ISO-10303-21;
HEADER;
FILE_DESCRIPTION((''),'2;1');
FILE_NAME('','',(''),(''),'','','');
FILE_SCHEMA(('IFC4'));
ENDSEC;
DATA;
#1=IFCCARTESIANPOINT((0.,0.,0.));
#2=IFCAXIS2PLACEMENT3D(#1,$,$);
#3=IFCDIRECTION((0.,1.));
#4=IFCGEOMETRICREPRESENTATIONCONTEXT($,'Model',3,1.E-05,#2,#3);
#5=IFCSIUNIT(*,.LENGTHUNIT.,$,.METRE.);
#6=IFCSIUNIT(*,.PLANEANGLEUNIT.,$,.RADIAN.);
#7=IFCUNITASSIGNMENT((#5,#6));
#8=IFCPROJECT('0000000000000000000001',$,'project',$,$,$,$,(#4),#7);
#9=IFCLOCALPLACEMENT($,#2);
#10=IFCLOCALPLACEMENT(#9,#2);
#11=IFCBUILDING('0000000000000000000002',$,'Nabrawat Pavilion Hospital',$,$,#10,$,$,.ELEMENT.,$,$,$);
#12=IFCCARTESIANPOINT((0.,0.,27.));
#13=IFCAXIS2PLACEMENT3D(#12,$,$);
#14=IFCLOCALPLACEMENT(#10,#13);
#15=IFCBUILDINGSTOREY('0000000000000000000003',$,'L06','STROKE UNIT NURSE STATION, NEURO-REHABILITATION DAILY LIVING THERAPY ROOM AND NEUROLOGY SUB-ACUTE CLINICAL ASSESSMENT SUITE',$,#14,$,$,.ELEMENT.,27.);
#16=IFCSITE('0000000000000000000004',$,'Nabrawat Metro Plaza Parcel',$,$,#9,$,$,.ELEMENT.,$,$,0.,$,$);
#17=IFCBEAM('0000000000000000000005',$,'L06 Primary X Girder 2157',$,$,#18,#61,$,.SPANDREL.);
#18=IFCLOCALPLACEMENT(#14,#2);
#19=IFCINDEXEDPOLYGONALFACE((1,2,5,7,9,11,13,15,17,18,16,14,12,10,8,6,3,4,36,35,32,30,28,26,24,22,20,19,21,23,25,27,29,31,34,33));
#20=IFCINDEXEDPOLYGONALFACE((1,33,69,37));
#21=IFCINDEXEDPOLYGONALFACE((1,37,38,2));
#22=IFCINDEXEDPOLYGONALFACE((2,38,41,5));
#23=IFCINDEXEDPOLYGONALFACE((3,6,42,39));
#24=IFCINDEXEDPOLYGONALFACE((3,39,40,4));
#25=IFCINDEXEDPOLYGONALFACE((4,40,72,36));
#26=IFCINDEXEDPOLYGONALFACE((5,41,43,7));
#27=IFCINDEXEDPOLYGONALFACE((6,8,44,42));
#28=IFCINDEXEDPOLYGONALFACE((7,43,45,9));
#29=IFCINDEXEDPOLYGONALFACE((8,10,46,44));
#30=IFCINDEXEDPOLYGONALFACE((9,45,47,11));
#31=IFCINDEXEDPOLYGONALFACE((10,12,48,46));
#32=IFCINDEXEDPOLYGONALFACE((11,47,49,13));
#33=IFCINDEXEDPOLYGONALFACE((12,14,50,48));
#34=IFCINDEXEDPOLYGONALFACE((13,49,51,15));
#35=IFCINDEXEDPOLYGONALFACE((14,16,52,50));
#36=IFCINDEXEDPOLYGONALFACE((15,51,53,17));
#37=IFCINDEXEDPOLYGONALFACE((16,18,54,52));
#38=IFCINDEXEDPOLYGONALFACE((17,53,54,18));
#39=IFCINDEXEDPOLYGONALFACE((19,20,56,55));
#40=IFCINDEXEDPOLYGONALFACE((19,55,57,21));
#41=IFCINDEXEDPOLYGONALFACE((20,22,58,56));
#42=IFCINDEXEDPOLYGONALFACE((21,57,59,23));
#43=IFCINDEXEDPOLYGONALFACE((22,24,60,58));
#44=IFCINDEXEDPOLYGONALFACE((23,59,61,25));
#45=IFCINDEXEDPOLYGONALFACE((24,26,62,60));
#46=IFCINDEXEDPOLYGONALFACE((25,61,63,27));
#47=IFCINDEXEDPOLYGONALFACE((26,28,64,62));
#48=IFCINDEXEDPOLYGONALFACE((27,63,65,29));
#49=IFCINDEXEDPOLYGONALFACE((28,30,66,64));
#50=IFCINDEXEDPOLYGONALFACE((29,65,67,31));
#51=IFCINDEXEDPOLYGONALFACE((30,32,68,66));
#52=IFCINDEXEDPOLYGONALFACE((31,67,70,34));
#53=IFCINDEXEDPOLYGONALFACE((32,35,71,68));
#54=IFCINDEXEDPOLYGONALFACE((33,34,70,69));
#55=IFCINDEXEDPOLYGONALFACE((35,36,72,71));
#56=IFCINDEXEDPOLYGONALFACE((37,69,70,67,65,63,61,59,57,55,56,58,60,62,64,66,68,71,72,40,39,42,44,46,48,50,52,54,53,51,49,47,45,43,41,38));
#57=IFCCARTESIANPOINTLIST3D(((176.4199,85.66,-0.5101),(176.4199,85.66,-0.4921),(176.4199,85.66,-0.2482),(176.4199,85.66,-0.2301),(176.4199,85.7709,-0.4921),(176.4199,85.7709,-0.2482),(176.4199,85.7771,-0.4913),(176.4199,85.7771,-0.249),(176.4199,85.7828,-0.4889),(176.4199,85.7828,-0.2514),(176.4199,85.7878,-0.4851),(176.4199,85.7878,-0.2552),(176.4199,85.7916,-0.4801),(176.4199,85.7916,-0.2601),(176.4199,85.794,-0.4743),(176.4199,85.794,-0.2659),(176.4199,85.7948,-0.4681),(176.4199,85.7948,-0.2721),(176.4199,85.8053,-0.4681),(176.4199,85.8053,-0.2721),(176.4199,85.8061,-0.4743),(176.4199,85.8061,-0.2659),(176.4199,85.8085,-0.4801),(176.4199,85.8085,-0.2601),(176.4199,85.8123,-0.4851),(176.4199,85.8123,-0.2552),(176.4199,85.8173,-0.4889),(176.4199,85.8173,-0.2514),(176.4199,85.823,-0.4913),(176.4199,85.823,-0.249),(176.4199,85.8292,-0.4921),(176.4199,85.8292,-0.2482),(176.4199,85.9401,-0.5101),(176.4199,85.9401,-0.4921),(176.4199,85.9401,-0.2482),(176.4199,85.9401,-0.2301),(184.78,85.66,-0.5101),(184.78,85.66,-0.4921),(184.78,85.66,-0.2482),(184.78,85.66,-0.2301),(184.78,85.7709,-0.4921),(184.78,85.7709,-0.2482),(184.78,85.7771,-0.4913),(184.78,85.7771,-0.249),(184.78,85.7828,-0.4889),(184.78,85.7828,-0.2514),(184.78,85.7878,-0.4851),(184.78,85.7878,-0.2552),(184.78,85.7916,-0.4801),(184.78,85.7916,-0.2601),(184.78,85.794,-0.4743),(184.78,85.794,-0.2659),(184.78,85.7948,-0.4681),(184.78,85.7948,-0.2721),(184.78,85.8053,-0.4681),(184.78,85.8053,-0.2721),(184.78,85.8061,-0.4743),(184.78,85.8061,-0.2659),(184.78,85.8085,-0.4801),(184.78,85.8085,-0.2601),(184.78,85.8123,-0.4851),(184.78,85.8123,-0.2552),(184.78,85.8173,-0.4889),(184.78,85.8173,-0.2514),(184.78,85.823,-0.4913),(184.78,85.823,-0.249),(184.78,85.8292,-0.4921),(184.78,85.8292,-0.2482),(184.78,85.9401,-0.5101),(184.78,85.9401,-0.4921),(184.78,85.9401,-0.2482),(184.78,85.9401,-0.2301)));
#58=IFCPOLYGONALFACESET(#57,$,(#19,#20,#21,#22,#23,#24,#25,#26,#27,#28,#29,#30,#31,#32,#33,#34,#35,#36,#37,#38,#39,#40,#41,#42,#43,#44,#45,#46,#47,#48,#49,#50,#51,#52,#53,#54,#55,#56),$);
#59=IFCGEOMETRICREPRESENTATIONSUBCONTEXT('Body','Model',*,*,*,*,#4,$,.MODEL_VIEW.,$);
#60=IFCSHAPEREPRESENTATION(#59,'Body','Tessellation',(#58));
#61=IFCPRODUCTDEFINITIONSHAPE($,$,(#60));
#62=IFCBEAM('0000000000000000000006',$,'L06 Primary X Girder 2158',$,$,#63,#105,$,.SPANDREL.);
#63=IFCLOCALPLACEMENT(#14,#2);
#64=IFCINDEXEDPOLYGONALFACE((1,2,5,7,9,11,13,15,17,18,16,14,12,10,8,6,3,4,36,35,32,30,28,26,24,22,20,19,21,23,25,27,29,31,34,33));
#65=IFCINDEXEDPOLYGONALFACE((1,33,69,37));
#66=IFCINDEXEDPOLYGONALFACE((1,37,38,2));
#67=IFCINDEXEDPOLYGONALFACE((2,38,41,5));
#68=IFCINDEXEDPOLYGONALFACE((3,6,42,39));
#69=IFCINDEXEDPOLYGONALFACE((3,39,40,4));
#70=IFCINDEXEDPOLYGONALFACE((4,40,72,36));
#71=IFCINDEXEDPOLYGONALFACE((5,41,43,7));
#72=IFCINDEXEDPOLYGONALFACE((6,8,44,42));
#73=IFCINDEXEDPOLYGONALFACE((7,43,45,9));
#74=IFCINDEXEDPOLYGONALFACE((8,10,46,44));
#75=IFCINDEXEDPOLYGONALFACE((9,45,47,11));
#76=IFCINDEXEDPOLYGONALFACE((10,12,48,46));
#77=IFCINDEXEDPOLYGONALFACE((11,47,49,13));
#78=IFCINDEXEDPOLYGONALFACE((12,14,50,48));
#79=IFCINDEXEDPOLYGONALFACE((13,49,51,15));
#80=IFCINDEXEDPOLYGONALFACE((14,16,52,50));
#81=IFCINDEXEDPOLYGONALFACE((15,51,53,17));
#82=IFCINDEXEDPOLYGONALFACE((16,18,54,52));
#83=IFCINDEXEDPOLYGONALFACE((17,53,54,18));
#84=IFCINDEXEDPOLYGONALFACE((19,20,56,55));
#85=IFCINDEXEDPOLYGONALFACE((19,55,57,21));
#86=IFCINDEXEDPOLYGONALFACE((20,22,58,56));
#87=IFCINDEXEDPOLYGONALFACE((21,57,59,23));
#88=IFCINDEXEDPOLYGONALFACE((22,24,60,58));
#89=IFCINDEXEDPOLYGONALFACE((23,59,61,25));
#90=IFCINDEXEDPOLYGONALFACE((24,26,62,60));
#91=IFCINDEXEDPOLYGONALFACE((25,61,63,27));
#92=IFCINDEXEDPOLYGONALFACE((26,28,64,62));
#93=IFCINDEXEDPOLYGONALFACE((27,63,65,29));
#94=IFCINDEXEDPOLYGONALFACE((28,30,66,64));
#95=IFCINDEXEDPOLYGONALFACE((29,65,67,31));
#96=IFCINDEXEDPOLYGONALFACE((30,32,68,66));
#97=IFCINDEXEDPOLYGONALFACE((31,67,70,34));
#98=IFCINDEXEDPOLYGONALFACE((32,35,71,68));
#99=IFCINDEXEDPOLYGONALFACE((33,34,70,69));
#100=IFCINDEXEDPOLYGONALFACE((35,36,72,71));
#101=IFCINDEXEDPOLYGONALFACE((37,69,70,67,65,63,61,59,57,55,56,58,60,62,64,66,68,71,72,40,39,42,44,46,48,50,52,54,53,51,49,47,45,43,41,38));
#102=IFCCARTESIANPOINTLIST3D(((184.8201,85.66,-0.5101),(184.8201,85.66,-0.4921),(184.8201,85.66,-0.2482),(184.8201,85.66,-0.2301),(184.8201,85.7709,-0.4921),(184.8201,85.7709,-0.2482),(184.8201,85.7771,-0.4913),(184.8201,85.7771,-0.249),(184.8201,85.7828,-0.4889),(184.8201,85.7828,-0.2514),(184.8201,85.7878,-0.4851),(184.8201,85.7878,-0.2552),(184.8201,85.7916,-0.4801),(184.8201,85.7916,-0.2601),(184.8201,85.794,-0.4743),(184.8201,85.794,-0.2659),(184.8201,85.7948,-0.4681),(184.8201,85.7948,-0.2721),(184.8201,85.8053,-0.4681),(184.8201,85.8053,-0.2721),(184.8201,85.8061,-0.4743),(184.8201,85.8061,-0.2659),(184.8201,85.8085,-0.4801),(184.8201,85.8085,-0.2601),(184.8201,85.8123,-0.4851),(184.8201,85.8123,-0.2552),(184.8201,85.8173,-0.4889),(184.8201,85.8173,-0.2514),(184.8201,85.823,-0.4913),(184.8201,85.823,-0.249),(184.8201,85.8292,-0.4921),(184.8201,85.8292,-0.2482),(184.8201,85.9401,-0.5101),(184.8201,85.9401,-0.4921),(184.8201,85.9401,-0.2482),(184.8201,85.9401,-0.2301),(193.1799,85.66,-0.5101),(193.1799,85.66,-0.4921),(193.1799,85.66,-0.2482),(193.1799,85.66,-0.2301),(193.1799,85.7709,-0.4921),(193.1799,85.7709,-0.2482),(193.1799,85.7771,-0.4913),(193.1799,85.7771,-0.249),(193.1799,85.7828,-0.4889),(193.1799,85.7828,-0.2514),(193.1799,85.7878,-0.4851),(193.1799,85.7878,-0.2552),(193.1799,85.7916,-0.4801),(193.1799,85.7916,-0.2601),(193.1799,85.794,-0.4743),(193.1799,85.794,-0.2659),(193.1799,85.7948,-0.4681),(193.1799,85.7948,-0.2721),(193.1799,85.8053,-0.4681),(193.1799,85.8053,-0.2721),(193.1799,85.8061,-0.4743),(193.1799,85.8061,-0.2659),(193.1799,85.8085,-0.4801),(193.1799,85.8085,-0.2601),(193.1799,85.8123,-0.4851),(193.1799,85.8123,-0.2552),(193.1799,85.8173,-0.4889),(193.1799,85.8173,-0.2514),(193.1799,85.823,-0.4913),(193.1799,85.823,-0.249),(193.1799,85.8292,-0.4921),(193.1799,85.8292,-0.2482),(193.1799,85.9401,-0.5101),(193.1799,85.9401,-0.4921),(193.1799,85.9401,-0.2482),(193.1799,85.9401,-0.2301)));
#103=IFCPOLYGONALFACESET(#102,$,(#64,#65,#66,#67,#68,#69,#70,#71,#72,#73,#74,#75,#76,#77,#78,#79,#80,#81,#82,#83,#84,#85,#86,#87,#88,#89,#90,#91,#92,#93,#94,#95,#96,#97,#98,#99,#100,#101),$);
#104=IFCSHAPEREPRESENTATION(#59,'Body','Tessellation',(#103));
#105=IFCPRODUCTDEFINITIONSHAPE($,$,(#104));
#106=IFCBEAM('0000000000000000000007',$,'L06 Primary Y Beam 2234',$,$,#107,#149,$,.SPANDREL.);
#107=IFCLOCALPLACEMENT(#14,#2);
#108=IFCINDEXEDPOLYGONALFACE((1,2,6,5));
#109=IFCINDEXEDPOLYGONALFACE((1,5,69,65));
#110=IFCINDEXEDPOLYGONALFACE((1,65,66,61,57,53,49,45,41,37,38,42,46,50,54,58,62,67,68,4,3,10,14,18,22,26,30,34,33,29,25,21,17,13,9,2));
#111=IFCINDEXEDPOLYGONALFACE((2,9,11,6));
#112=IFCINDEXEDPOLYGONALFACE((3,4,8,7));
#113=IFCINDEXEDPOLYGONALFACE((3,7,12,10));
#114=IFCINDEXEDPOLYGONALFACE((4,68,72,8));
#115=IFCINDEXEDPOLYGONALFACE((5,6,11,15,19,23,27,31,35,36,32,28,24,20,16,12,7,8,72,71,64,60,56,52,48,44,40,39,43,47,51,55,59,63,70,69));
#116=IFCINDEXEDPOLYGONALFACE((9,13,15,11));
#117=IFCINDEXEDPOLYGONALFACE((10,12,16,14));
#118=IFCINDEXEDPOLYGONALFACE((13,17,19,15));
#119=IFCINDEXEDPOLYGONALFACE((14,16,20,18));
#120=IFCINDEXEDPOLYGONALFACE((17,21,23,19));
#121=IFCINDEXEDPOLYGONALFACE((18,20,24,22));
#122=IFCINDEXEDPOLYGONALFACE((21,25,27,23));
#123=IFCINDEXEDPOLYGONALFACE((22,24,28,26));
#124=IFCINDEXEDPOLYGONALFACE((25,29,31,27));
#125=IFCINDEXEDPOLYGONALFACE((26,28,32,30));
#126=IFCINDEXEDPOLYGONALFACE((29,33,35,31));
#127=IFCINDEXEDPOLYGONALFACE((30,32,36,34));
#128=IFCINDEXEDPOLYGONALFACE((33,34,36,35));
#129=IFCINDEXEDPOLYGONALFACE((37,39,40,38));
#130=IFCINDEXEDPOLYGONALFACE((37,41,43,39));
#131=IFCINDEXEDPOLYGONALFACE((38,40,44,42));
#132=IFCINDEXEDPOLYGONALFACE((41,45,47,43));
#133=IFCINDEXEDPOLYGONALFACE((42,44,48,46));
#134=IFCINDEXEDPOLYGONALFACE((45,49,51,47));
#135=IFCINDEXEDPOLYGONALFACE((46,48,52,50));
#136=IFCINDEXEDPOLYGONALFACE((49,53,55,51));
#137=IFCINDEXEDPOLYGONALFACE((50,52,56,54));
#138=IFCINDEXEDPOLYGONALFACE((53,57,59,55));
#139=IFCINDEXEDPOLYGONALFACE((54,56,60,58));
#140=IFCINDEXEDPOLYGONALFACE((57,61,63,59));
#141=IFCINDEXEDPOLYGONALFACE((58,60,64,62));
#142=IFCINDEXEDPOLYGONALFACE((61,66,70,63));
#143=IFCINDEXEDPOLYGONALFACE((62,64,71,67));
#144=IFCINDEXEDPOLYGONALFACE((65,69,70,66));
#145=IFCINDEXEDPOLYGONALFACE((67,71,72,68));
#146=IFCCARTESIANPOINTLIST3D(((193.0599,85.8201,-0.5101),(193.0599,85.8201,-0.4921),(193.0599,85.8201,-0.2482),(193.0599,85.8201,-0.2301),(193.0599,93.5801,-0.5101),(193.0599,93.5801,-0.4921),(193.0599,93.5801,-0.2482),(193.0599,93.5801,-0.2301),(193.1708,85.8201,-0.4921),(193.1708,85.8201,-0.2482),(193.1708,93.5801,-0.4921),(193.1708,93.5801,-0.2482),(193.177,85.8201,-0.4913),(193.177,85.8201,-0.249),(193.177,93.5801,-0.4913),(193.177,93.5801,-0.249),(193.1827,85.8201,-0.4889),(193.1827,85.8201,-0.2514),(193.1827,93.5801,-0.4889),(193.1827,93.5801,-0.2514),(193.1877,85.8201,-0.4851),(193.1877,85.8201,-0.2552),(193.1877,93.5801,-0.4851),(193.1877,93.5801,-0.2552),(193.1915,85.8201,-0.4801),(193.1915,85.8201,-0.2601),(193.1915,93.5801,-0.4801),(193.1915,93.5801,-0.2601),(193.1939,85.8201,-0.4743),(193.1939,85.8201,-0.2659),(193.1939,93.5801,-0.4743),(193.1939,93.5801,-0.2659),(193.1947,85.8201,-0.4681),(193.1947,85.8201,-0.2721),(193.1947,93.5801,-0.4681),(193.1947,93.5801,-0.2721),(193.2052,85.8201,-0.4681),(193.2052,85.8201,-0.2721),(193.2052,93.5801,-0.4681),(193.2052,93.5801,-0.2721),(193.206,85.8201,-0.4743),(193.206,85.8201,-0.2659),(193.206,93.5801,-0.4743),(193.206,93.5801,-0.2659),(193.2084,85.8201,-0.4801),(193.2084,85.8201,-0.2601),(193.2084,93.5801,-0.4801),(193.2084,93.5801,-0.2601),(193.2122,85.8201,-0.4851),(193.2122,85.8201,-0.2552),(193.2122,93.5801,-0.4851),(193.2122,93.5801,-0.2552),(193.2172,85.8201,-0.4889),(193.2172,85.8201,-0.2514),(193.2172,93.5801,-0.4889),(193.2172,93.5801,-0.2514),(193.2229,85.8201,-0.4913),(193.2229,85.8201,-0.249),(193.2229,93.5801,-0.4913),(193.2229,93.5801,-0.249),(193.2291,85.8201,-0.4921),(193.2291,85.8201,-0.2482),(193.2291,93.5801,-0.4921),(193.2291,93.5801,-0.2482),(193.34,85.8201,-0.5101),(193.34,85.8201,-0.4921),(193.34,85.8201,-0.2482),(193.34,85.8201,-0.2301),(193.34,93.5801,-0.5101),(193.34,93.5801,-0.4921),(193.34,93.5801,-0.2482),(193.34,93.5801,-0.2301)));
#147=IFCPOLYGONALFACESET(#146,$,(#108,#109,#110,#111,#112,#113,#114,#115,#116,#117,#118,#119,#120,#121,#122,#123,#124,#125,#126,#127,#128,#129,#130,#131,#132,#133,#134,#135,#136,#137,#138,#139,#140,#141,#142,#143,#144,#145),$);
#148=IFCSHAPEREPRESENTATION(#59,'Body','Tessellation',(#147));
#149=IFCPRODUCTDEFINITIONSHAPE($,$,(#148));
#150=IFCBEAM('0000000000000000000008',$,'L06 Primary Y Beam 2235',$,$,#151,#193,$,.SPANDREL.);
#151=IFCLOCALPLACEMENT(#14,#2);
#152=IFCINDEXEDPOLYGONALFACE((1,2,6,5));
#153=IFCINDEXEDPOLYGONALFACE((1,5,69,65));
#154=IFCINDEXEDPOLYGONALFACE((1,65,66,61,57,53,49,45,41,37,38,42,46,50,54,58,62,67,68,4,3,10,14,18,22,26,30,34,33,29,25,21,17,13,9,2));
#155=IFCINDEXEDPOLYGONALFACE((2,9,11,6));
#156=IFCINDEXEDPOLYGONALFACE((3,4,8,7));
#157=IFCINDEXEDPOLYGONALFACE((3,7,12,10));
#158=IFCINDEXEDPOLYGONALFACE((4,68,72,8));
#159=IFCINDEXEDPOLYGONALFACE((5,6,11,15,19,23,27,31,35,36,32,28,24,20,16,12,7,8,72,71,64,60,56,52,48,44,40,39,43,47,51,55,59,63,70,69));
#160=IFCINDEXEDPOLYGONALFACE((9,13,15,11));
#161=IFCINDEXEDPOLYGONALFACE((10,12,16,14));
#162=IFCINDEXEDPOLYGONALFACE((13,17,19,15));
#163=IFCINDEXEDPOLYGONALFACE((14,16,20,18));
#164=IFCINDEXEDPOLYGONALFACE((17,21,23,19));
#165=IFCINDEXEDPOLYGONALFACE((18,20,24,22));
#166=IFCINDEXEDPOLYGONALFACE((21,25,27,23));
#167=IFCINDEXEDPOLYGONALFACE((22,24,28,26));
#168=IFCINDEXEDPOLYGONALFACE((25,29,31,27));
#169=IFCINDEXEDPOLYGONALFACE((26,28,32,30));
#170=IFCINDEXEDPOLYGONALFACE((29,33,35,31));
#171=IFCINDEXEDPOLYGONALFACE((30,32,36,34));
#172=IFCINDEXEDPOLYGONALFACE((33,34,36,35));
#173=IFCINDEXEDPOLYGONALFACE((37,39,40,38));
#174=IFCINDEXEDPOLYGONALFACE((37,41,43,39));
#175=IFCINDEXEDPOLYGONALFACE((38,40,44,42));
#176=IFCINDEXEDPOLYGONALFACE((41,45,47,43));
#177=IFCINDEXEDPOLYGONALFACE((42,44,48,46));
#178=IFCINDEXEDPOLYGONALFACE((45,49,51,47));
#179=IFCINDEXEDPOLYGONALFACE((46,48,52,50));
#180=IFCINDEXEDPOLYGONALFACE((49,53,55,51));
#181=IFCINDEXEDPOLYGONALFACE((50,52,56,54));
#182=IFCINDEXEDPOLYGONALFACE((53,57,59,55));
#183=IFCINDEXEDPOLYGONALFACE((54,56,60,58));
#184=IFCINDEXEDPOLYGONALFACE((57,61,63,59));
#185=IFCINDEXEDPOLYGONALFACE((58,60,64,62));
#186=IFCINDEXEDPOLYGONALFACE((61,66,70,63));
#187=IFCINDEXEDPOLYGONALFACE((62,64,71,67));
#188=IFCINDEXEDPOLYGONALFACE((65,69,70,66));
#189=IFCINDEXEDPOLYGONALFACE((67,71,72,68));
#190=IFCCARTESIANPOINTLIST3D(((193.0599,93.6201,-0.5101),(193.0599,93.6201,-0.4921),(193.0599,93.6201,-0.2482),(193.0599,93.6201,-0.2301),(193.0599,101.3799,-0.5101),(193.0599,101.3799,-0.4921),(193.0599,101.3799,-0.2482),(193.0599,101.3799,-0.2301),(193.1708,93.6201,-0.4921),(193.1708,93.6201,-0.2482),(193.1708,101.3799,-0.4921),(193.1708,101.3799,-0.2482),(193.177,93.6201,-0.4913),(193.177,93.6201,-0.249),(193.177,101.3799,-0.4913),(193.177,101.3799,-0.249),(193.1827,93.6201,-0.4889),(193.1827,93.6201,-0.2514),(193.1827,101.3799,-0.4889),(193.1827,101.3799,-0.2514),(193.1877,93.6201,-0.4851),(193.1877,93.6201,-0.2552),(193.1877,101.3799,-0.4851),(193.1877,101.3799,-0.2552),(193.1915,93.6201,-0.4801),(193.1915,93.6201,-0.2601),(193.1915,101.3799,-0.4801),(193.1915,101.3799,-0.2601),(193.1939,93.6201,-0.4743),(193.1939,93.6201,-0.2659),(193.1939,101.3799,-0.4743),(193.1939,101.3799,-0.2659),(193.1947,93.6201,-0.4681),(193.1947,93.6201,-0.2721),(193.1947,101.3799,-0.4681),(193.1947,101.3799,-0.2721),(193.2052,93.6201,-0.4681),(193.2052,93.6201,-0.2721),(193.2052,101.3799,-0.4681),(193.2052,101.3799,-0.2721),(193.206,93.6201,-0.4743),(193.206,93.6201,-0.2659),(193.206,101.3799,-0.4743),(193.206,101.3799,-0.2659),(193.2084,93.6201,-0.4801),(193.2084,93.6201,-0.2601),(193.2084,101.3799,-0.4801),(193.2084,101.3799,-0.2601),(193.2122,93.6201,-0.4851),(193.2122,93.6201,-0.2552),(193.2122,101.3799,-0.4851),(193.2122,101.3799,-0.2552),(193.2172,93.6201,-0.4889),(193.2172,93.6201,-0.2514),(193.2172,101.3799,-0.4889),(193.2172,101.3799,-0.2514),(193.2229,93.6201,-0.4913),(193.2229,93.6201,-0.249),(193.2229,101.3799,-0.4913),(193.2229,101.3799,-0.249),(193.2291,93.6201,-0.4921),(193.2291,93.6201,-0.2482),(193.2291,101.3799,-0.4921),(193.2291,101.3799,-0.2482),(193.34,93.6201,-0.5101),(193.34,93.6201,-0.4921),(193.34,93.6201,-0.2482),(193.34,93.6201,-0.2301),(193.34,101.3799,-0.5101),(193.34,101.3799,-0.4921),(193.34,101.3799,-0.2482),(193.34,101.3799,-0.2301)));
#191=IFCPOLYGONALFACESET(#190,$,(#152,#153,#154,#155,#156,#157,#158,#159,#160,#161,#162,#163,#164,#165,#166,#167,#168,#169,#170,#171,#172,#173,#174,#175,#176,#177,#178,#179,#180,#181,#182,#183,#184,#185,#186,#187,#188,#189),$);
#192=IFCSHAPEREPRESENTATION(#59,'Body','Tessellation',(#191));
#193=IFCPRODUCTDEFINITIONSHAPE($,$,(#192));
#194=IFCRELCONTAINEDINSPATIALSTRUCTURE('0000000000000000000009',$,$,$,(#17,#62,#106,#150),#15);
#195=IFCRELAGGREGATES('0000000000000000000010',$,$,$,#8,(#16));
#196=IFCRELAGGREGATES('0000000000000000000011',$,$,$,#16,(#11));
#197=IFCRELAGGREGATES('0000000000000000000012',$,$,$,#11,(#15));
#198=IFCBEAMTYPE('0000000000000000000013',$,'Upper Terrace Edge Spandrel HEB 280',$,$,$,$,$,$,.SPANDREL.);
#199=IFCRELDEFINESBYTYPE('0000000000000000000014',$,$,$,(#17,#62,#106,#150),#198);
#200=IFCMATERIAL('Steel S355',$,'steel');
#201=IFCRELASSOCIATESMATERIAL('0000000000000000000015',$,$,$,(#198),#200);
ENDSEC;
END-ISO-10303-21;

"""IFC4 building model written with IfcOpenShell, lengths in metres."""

from ifc_helpers import new_model, si_unit, direction, frame, origin, origin_2d, place, context, subcontext, project, spatial, i_section, extrude, material, material_profile, profile_set, type_object, element, save


model = new_model("IFC4")

# Units and contexts
model_context = context("Model", 3, precision=1e-05, world=origin(), true_north=direction((0.0, 1.0)))
body_context = subcontext(model_context, "Body", "Model", "MODEL_VIEW")
ifc_project = project(units=[si_unit("LENGTHUNIT", "METRE"), si_unit("PLANEANGLEUNIT", "RADIAN")], contexts=[model_context])

# Site, building, storey
site_placement = place(None, origin())
site = spatial("IfcSite", under=ifc_project, at=site_placement, Name="Nabrawat Metro Plaza Parcel", CompositionType="ELEMENT", RefElevation=0.0)
building_placement = place(site_placement, origin())
building = spatial("IfcBuilding", under=site, at=building_placement, Name="Nabrawat Pavilion Hospital", CompositionType="ELEMENT")
storey_placement = place(building_placement, frame((0.0, 0.0, 27.0)))
storey = spatial("IfcBuildingStorey", under=building, at=storey_placement, Name="L06", Description="STROKE UNIT NURSE STATION, NEURO-REHABILITATION DAILY LIVING THERAPY ROOM AND NEUROLOGY SUB-ACUTE CLINICAL ASSESSMENT SUITE", CompositionType="ELEMENT", Elevation=27.0)

# Shared definitions
ifc_material_1 = material(Name="Steel S355", Category="steel")

# Beams
ifc_material_profile_1 = material_profile(ifc_material_1, i_section(OverallWidth=0.28, OverallDepth=0.28, WebThickness=0.0105, FlangeThickness=0.0181, FilletRadius=0.0239, at=origin_2d()), Name="HEB 280")
ifc_profile_set_1 = profile_set([ifc_material_profile_1], Name="Steel S355")
beam_type_1 = type_object("IfcBeamType", Name="Upper Terrace Edge Spandrel HEB 280", PredefinedType="SPANDREL", material=ifc_profile_set_1)
beam_1_placement = place(storey_placement, frame((176.4199, 85.8, -0.3701), z_axis=(1.0, 0.0, 0.0), x_axis=(0.0, 1.0, 0.0)))
element("IfcBeam", 1, at=beam_1_placement, inside=storey, type_object=beam_type_1, Name="L06 Primary X Girder 2157", PredefinedType="SPANDREL", context=body_context, shape_type="SweptSolid", body=[
    extrude(i_section(OverallWidth=0.28, OverallDepth=0.28, WebThickness=0.0105, FlangeThickness=0.0181, FilletRadius=0.0239, at=origin_2d()), origin(), (0.0, 0.0, 1.0), 8.3601),
])
beam_2_placement = place(storey_placement, frame((184.8201, 85.8, -0.3701), z_axis=(1.0, 0.0, 0.0), x_axis=(0.0, 1.0, 0.0)))
element("IfcBeam", 2, at=beam_2_placement, inside=storey, type_object=beam_type_1, Name="L06 Primary X Girder 2158", PredefinedType="SPANDREL", context=body_context, shape_type="SweptSolid", body=[
    extrude(i_section(OverallWidth=0.28, OverallDepth=0.28, WebThickness=0.0105, FlangeThickness=0.0181, FilletRadius=0.0239, at=origin_2d()), origin(), (0.0, 0.0, 1.0), 8.3599),
])
beam_3_placement = place(storey_placement, frame((193.2, 85.8201, -0.3701), z_axis=(0.0, 1.0, 0.0), x_axis=(-1.0, 0.0, 0.0)))
element("IfcBeam", 3, at=beam_3_placement, inside=storey, type_object=beam_type_1, Name="L06 Primary Y Beam 2234", PredefinedType="SPANDREL", context=body_context, shape_type="SweptSolid", body=[
    extrude(i_section(OverallWidth=0.28, OverallDepth=0.28, WebThickness=0.0105, FlangeThickness=0.0181, FilletRadius=0.0239, at=origin_2d()), origin(), (0.0, 0.0, 1.0), 7.76),
])
beam_4_placement = place(storey_placement, frame((193.2, 93.6201, -0.3701), z_axis=(0.0, 1.0, 0.0), x_axis=(-1.0, 0.0, 0.0)))
element("IfcBeam", 4, at=beam_4_placement, inside=storey, type_object=beam_type_1, Name="L06 Primary Y Beam 2235", PredefinedType="SPANDREL", context=body_context, shape_type="SweptSolid", body=[
    extrude(i_section(OverallWidth=0.28, OverallDepth=0.28, WebThickness=0.0105, FlangeThickness=0.0181, FilletRadius=0.0239, at=origin_2d()), origin(), (0.0, 0.0, 1.0), 7.7598),
])

save(model, "model.ifc")
